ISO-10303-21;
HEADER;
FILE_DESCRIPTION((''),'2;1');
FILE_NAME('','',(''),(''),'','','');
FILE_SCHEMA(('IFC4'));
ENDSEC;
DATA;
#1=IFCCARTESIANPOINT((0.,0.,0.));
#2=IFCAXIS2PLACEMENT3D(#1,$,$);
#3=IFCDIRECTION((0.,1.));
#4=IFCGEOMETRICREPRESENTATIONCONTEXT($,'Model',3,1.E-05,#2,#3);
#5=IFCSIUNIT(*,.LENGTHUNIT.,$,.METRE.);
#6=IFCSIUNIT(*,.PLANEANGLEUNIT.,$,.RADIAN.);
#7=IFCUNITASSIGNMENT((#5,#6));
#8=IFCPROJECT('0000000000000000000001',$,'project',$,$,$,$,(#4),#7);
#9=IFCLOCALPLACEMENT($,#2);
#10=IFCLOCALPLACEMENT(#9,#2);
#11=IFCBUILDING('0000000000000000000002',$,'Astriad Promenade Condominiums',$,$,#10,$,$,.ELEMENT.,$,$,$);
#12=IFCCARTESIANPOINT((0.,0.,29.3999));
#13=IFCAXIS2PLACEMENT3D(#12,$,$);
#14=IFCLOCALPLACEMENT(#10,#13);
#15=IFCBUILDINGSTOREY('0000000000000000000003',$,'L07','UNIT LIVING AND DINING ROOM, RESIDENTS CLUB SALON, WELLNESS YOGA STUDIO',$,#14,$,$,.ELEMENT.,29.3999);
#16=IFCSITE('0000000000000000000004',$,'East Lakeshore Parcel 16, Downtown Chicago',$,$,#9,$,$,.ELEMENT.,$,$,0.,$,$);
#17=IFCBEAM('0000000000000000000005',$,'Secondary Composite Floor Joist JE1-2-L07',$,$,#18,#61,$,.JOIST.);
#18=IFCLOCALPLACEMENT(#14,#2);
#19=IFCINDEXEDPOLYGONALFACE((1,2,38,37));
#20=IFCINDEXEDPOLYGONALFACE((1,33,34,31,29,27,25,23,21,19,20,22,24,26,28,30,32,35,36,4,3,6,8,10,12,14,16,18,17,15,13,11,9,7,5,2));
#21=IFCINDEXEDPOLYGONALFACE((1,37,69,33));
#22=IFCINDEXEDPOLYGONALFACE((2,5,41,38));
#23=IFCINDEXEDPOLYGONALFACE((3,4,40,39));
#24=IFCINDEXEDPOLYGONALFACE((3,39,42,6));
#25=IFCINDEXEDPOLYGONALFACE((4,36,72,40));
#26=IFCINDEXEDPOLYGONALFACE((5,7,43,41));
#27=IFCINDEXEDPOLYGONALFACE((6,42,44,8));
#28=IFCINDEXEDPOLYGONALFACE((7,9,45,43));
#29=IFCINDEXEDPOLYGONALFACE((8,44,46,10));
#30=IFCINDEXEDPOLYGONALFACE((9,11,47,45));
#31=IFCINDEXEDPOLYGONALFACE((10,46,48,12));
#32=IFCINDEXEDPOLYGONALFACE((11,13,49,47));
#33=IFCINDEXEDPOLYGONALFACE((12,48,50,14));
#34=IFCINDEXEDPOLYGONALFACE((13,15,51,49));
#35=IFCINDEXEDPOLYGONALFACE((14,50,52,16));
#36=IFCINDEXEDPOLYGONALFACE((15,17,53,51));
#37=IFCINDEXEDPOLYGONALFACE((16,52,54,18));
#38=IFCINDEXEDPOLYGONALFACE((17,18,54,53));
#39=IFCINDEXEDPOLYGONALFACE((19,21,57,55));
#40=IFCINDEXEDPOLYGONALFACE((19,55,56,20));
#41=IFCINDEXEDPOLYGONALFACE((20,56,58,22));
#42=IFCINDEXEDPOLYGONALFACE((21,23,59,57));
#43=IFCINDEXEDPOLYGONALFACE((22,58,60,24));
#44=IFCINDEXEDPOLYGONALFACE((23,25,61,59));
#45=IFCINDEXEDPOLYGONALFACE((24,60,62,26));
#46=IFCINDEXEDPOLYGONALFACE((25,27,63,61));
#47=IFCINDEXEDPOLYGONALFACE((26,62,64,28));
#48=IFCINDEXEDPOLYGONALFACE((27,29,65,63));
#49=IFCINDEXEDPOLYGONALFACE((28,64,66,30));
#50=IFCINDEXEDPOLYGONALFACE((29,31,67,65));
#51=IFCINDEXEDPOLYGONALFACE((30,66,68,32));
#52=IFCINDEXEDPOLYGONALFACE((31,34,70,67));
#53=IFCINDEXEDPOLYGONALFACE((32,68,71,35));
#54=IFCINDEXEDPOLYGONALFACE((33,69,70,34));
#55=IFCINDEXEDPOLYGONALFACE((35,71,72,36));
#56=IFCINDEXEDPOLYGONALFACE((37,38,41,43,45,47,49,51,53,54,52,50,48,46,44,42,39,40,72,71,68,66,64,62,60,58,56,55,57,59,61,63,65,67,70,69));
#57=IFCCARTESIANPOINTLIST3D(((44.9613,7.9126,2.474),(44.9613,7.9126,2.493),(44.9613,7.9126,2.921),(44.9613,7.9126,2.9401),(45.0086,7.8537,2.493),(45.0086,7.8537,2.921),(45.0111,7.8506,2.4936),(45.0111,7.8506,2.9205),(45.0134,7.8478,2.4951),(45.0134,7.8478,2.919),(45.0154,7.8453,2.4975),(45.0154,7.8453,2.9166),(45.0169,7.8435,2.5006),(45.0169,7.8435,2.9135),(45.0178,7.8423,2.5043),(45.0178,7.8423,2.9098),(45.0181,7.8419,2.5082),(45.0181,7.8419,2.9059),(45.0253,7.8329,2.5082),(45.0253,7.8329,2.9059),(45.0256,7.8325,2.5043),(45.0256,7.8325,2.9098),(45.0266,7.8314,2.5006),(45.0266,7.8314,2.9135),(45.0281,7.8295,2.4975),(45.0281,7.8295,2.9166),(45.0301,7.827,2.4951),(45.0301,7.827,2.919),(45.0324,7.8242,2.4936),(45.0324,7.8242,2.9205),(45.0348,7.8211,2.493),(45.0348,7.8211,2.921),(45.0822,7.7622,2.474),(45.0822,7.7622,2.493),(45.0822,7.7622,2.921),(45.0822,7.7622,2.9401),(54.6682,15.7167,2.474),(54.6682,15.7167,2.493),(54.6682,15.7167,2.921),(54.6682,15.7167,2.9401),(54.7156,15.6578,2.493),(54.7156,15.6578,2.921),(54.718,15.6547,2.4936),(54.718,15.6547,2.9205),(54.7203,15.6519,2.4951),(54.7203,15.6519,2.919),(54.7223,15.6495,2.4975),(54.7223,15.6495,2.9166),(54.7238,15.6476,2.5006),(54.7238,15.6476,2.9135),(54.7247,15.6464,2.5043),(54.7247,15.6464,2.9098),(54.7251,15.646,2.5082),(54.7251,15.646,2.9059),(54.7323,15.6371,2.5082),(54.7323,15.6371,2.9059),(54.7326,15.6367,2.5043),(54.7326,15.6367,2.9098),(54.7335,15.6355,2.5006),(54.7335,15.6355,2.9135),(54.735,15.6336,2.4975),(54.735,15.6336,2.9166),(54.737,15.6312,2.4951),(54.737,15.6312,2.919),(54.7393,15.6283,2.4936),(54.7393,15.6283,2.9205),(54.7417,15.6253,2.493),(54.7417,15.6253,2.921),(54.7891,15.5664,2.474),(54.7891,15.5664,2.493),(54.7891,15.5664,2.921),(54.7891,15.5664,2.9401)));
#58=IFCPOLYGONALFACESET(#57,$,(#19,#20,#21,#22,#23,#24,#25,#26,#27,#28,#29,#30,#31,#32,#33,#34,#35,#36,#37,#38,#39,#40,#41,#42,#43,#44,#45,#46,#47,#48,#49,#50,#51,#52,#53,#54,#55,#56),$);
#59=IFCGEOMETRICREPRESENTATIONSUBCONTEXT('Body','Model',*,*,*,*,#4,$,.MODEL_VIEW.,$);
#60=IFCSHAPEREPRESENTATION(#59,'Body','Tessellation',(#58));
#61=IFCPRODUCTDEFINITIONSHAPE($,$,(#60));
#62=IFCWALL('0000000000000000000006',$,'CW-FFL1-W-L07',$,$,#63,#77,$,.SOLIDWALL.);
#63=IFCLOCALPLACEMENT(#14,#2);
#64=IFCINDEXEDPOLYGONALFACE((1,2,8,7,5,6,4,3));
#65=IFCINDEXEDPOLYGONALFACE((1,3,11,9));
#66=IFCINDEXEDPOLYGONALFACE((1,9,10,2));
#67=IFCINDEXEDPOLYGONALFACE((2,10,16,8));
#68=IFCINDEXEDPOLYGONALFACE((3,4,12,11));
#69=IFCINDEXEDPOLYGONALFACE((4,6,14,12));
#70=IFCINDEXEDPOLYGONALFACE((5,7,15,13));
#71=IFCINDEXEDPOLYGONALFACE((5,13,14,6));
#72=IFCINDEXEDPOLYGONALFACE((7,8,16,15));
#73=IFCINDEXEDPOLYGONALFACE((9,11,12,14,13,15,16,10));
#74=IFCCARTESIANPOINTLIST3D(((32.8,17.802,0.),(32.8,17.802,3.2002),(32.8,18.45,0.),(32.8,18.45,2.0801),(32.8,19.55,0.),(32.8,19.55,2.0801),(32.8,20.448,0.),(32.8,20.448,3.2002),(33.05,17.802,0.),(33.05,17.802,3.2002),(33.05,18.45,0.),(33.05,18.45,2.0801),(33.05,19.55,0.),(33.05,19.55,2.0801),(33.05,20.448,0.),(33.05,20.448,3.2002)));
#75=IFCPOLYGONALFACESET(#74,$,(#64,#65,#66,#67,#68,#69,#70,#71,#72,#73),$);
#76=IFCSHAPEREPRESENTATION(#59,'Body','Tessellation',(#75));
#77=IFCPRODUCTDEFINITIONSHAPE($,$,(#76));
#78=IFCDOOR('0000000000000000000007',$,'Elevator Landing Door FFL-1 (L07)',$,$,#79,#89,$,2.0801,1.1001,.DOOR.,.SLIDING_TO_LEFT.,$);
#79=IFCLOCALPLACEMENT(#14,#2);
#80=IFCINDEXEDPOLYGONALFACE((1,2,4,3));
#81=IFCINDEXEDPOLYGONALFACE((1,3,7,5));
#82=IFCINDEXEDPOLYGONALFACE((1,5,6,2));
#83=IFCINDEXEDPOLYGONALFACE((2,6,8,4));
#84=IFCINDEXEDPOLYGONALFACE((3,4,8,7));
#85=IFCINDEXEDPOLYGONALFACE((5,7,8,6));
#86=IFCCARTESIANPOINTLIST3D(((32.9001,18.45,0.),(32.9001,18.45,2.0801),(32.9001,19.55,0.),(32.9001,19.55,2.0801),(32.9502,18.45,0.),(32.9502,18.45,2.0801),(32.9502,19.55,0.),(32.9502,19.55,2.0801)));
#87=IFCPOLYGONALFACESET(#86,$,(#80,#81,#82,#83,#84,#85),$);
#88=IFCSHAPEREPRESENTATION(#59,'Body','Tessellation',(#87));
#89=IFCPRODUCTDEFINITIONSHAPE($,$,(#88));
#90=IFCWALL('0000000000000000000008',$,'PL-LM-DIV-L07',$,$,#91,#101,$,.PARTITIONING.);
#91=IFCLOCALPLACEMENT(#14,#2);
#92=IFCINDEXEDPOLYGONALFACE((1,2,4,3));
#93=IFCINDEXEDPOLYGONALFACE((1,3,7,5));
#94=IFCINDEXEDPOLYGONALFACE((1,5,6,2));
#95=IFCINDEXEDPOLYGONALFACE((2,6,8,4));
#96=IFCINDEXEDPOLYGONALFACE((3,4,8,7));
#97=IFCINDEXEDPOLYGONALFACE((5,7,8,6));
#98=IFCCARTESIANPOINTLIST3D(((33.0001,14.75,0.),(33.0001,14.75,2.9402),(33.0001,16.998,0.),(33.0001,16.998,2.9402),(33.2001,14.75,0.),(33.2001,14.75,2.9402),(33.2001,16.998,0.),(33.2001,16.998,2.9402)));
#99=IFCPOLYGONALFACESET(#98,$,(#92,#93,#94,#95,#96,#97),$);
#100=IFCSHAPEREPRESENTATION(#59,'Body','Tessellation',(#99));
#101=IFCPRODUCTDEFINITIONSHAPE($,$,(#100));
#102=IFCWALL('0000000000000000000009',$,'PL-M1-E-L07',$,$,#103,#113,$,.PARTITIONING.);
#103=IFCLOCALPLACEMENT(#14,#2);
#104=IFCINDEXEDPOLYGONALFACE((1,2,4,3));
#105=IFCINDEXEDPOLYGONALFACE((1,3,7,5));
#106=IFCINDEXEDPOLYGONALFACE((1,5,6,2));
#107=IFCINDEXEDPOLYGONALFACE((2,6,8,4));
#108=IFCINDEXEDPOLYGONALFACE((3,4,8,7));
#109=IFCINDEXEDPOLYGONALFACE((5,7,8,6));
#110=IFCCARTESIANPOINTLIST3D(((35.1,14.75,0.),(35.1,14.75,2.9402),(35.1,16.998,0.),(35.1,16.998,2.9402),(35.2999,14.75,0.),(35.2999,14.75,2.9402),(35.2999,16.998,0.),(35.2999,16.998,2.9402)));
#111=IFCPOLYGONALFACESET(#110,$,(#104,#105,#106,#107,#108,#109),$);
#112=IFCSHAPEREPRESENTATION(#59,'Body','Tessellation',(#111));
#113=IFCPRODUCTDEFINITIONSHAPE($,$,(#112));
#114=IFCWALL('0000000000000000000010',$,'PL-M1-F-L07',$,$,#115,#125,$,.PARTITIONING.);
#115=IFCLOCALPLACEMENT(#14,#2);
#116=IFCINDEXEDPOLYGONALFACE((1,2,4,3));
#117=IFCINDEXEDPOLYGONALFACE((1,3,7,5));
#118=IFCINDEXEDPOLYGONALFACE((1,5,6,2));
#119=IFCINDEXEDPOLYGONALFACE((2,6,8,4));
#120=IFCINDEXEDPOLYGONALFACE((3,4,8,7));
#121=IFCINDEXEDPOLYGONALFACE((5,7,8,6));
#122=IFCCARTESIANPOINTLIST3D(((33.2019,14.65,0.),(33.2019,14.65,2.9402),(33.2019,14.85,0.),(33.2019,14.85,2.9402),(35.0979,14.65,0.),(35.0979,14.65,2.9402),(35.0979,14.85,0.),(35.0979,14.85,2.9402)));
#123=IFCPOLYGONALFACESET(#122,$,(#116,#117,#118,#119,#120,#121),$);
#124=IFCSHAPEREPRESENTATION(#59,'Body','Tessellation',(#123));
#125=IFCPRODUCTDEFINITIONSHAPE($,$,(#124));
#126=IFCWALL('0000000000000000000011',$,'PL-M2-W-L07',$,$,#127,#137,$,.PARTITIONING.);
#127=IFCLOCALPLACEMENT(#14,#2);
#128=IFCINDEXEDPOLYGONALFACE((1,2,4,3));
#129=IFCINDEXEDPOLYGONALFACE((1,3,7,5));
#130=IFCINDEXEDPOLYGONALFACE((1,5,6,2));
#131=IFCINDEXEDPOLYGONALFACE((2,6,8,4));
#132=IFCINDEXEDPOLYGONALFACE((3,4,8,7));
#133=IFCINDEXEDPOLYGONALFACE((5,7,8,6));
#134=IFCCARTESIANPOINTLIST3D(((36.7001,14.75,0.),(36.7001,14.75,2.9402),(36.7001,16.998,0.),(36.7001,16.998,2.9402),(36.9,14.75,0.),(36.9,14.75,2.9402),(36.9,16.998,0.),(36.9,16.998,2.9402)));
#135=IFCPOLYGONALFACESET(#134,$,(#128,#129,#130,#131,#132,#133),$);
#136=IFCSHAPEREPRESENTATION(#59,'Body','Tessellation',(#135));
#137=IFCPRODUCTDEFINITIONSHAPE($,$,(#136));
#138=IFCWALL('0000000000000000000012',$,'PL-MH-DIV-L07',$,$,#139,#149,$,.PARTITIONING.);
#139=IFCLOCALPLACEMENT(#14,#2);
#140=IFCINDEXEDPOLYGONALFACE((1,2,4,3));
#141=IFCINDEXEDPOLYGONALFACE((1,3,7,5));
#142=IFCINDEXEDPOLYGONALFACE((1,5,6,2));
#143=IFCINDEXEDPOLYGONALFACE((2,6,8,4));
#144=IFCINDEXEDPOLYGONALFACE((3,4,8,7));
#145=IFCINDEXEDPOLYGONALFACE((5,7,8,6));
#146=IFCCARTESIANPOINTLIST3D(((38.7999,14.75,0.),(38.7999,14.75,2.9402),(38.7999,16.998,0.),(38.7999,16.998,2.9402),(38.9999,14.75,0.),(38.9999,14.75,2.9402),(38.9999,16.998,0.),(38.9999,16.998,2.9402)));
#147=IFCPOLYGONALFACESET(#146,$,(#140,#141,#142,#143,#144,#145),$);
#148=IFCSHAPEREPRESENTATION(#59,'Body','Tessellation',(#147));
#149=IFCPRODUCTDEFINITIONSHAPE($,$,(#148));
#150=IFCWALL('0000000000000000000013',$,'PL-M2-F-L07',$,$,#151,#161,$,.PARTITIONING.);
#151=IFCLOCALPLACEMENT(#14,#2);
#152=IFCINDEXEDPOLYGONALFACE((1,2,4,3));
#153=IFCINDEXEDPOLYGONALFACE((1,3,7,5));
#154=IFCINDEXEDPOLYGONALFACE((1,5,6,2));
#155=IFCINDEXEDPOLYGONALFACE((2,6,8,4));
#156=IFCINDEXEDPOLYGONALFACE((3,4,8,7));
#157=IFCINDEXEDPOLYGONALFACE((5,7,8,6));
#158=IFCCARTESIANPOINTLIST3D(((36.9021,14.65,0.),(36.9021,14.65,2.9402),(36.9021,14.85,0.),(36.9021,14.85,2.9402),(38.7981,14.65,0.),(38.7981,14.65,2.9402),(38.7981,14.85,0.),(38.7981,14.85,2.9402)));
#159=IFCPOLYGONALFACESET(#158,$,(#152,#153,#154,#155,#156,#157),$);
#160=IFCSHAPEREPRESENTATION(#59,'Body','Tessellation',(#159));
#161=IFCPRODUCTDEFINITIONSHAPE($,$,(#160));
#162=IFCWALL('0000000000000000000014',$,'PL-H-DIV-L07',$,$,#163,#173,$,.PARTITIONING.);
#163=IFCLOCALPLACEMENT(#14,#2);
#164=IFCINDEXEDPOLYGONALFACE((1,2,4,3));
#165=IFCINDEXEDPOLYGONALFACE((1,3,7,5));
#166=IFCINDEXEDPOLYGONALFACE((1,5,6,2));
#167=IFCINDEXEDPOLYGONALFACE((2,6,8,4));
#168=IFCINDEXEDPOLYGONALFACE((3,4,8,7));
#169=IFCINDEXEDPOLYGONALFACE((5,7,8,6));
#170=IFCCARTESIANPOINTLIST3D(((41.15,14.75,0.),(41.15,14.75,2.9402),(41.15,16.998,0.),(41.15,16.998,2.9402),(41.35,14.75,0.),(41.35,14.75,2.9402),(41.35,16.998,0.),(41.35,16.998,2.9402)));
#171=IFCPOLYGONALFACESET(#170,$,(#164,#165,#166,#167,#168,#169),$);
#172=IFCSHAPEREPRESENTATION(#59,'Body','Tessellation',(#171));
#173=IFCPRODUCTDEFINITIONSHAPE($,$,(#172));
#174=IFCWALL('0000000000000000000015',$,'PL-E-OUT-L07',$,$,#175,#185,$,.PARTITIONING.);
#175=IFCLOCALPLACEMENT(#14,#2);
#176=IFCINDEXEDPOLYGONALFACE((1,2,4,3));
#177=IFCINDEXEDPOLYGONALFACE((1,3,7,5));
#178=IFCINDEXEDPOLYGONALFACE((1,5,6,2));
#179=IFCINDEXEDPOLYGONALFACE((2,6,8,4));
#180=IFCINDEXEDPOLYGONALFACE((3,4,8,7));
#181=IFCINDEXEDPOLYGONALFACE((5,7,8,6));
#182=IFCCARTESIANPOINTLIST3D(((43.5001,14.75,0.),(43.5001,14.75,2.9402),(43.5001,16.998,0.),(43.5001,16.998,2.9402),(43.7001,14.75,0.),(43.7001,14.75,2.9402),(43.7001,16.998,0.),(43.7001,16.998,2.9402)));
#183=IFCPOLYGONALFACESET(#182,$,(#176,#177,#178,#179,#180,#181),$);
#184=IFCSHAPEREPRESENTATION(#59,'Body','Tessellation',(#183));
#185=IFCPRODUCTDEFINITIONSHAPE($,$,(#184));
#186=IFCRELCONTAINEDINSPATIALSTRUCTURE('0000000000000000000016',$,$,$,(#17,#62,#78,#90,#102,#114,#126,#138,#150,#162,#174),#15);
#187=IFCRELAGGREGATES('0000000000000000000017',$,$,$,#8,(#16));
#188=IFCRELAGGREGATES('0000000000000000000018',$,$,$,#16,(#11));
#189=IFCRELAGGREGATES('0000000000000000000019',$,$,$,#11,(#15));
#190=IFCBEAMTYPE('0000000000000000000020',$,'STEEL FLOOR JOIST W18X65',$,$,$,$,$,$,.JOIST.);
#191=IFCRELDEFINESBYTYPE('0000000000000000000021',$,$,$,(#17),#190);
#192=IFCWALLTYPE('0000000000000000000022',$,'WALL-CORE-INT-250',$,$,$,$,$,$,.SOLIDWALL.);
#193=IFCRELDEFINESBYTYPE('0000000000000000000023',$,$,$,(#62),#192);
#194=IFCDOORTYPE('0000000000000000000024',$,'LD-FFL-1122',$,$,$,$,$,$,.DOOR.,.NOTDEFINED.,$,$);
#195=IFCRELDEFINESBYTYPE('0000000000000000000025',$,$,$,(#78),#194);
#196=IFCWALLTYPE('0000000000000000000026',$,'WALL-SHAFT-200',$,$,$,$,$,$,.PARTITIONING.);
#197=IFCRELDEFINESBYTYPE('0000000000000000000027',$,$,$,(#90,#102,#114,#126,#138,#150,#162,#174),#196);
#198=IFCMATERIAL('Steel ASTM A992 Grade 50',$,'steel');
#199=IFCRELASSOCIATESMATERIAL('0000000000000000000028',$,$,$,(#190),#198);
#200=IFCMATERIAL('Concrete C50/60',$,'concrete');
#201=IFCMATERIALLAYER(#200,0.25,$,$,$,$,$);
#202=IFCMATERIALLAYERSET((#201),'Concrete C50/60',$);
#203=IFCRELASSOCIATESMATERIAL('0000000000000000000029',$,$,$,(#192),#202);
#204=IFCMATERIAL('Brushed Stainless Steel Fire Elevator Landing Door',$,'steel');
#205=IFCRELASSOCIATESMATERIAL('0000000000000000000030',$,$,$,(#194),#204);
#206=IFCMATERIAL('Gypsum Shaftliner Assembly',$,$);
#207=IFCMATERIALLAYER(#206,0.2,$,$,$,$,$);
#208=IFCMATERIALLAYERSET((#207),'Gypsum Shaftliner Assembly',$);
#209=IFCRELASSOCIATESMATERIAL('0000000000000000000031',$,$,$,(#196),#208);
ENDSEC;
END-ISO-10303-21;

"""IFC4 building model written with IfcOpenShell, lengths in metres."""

from ifc_helpers import new_model, si_unit, direction, frame, frame_2d, origin, origin_2d, place, context, subcontext, project, spatial, rectangle, i_section, extrude, source, transform, mapped, material, layer, layer_set, material_profile, profile_set, type_object, type_shapes, element, fill, save


model = new_model("IFC4")

# Units and contexts
model_context = context("Model", 3, precision=1e-05, world=origin(), true_north=direction((0.0, 1.0)))
body_context = subcontext(model_context, "Body", "Model", "MODEL_VIEW")
ifc_project = project(units=[si_unit("LENGTHUNIT", "METRE"), si_unit("PLANEANGLEUNIT", "RADIAN")], contexts=[model_context])

# Site, building, storey
site_placement = place(None, origin())
site = spatial("IfcSite", under=ifc_project, at=site_placement, Name="East Lakeshore Parcel 16, Downtown Chicago", CompositionType="ELEMENT", RefElevation=0.0)
building_placement = place(site_placement, origin())
building = spatial("IfcBuilding", under=site, at=building_placement, Name="Astriad Promenade Condominiums", CompositionType="ELEMENT")
storey_placement = place(building_placement, frame((0.0, 0.0, 29.3999)))
storey = spatial("IfcBuildingStorey", under=building, at=storey_placement, Name="L07", Description="UNIT LIVING AND DINING ROOM, RESIDENTS CLUB SALON, WELLNESS YOGA STUDIO", CompositionType="ELEMENT", Elevation=29.3999)

# Shared definitions
ifc_material_1 = material(Name="Steel ASTM A992 Grade 50", Category="steel")

# Beam
ifc_material_profile_1 = material_profile(ifc_material_1, i_section(OverallWidth=0.1929, OverallDepth=0.4661, WebThickness=0.0115, FlangeThickness=0.019, FilletRadius=0.0151, at=origin_2d()), Name="W18X65")
ifc_profile_set_1 = profile_set([ifc_material_profile_1], Name="Steel ASTM A992 Grade 50")
beam_type_1 = type_object("IfcBeamType", Name="STEEL FLOOR JOIST W18X65", PredefinedType="JOIST", material=ifc_profile_set_1)
shared_shape_1 = source(origin(), body_context, "Body", "SweptSolid", [
    extrude(i_section(OverallWidth=0.1929, OverallDepth=0.4661, WebThickness=0.0115, FlangeThickness=0.019, FilletRadius=0.0151, at=origin_2d()), origin(), (0.0, 0.0, 1.0), 12.4551),
])
beam_1_placement = place(storey_placement, frame((45.0217, 7.8374, 2.707), z_axis=(0.779356, 0.626582, 0.0), x_axis=(-0.626582, 0.779356, 0.0)))
element("IfcBeam", 1, at=beam_1_placement, inside=storey, type_object=beam_type_1, Name="Secondary Composite Floor Joist JE1-2-L07", PredefinedType="JOIST", context=body_context, shape_type="MappedRepresentation", body=[
    mapped(shared_shape_1, transform((0.0, 0.0, 0.0), scale=1.0)),
])

# Wall, opening, door
ifc_material_2 = material(Name="Concrete C50/60", Category="concrete")
ifc_layer_1 = layer(ifc_material_2, 0.25)
ifc_layer_set_1 = layer_set([ifc_layer_1], Name="Concrete C50/60")
wall_type_1 = type_object("IfcWallType", Name="WALL-CORE-INT-250", PredefinedType="SOLIDWALL", material=ifc_layer_set_1)
wall_1_placement = place(storey_placement, frame((32.925, 17.802, 0.0), z_axis=(0.0, 0.0, 1.0), x_axis=(0.0, 1.0, 0.0)))
wall_1 = element("IfcWall", 2, at=wall_1_placement, inside=storey, type_object=wall_type_1, Name="CW-FFL1-W-L07", PredefinedType="SOLIDWALL", context=body_context, shape_type="SweptSolid", body=[
    extrude(rectangle(XDim=2.646, YDim=0.25, at=frame_2d((1.323, 0.0))), origin(), (0.0, 0.0, 1.0), 3.2002),
])
opening_placement = place(wall_1_placement, frame((0.6479, 0.0, 0.0)))
opening = element("IfcOpeningElement", 3, at=opening_placement, cuts=wall_1, PredefinedType="OPENING", context=body_context, shape_type="SweptSolid", body=[
    extrude(rectangle(XDim=1.1001, YDim=2.0801, at=frame_2d((0.55, 1.04))), frame((0.0, 0.135, 0.0), z_axis=(0.0, -1.0, 0.0), x_axis=(1.0, 0.0, 0.0)), (0.0, 0.0, 1.0), 0.27),
])
ifc_material_3 = material(Name="Brushed Stainless Steel Fire Elevator Landing Door", Category="steel")
door_type = type_object("IfcDoorType", Name="LD-FFL-1122", OperationType="NOTDEFINED", PredefinedType="DOOR", material=ifc_material_3)
shared_shape_2 = source(origin(), body_context, "Body", "SweptSolid", [
    extrude(rectangle(XDim=1.1001, YDim=2.0801, at=frame_2d((0.55, 1.04))), frame((0.0, 0.0249, 0.0), z_axis=(0.0, -1.0, 0.0), x_axis=(1.0, 0.0, 0.0)), (0.0, 0.0, 1.0), 0.05),
])
type_shapes(door_type, [shared_shape_2])
door_placement = place(opening_placement, origin())
door = element("IfcDoor", 4, at=door_placement, inside=storey, type_object=door_type, Name="Elevator Landing Door FFL-1 (L07)", OperationType="SLIDING_TO_LEFT", OverallHeight=2.0801, OverallWidth=1.1001, PredefinedType="DOOR", context=body_context, shape_type="MappedRepresentation", body=[
    mapped(shared_shape_2, transform((0.0, 0.0, 0.0), scale=1.0)),
])
fill(opening, door)

# Walls
ifc_material_4 = material(Name="Gypsum Shaftliner Assembly")
ifc_layer_2 = layer(ifc_material_4, 0.2)
ifc_layer_set_2 = layer_set([ifc_layer_2], Name="Gypsum Shaftliner Assembly")
wall_type_2 = type_object("IfcWallType", Name="WALL-SHAFT-200", PredefinedType="PARTITIONING", material=ifc_layer_set_2)
for number, where, z_axis, x_axis, name in (
    (5, (33.1001, 14.75, 0.0), (0.0, 0.0, 1.0), (0.0, 1.0, 0.0), "PL-LM-DIV-L07"),
    (6, (35.2, 14.75, 0.0), (0.0, 0.0, 1.0), (0.0, 1.0, 0.0), "PL-M1-E-L07"),
):
    element("IfcWall", number, at=place(storey_placement, frame(where, z_axis=z_axis, x_axis=x_axis)), inside=storey, type_object=wall_type_2, Name=name, PredefinedType="PARTITIONING", context=body_context, shape_type="SweptSolid", body=[
        extrude(rectangle(XDim=2.248, YDim=0.2, at=frame_2d((1.124, 0.0))), origin(), (0.0, 0.0, 1.0), 2.9402),
    ])
wall_2_placement = place(storey_placement, frame((33.2019, 14.75, 0.0), z_axis=(0.0, 0.0, 1.0), x_axis=(1.0, 0.0, 0.0)))
element("IfcWall", 7, at=wall_2_placement, inside=storey, type_object=wall_type_2, Name="PL-M1-F-L07", PredefinedType="PARTITIONING", context=body_context, shape_type="SweptSolid", body=[
    extrude(rectangle(XDim=1.896, YDim=0.2, at=frame_2d((0.948, 0.0))), origin(), (0.0, 0.0, 1.0), 2.9402),
])
for number, where, z_axis, x_axis, name in (
    (8, (36.8, 14.75, 0.0), (0.0, 0.0, 1.0), (0.0, 1.0, 0.0), "PL-M2-W-L07"),
    (9, (38.8999, 14.75, 0.0), (0.0, 0.0, 1.0), (0.0, 1.0, 0.0), "PL-MH-DIV-L07"),
):
    element("IfcWall", number, at=place(storey_placement, frame(where, z_axis=z_axis, x_axis=x_axis)), inside=storey, type_object=wall_type_2, Name=name, PredefinedType="PARTITIONING", context=body_context, shape_type="SweptSolid", body=[
        extrude(rectangle(XDim=2.248, YDim=0.2, at=frame_2d((1.124, 0.0))), origin(), (0.0, 0.0, 1.0), 2.9402),
    ])
wall_3_placement = place(storey_placement, frame((36.9021, 14.75, 0.0), z_axis=(0.0, 0.0, 1.0), x_axis=(1.0, 0.0, 0.0)))
element("IfcWall", 10, at=wall_3_placement, inside=storey, type_object=wall_type_2, Name="PL-M2-F-L07", PredefinedType="PARTITIONING", context=body_context, shape_type="SweptSolid", body=[
    extrude(rectangle(XDim=1.896, YDim=0.2, at=frame_2d((0.948, 0.0))), origin(), (0.0, 0.0, 1.0), 2.9402),
])
for number, where, z_axis, x_axis, name in (
    (11, (41.25, 14.75, 0.0), (0.0, 0.0, 1.0), (0.0, 1.0, 0.0), "PL-H-DIV-L07"),
    (12, (43.6001, 14.75, 0.0), (0.0, 0.0, 1.0), (0.0, 1.0, 0.0), "PL-E-OUT-L07"),
):
    element("IfcWall", number, at=place(storey_placement, frame(where, z_axis=z_axis, x_axis=x_axis)), inside=storey, type_object=wall_type_2, Name=name, PredefinedType="PARTITIONING", context=body_context, shape_type="SweptSolid", body=[
        extrude(rectangle(XDim=2.248, YDim=0.2, at=frame_2d((1.124, 0.0))), origin(), (0.0, 0.0, 1.0), 2.9402),
    ])

save(model, "model.ifc")
